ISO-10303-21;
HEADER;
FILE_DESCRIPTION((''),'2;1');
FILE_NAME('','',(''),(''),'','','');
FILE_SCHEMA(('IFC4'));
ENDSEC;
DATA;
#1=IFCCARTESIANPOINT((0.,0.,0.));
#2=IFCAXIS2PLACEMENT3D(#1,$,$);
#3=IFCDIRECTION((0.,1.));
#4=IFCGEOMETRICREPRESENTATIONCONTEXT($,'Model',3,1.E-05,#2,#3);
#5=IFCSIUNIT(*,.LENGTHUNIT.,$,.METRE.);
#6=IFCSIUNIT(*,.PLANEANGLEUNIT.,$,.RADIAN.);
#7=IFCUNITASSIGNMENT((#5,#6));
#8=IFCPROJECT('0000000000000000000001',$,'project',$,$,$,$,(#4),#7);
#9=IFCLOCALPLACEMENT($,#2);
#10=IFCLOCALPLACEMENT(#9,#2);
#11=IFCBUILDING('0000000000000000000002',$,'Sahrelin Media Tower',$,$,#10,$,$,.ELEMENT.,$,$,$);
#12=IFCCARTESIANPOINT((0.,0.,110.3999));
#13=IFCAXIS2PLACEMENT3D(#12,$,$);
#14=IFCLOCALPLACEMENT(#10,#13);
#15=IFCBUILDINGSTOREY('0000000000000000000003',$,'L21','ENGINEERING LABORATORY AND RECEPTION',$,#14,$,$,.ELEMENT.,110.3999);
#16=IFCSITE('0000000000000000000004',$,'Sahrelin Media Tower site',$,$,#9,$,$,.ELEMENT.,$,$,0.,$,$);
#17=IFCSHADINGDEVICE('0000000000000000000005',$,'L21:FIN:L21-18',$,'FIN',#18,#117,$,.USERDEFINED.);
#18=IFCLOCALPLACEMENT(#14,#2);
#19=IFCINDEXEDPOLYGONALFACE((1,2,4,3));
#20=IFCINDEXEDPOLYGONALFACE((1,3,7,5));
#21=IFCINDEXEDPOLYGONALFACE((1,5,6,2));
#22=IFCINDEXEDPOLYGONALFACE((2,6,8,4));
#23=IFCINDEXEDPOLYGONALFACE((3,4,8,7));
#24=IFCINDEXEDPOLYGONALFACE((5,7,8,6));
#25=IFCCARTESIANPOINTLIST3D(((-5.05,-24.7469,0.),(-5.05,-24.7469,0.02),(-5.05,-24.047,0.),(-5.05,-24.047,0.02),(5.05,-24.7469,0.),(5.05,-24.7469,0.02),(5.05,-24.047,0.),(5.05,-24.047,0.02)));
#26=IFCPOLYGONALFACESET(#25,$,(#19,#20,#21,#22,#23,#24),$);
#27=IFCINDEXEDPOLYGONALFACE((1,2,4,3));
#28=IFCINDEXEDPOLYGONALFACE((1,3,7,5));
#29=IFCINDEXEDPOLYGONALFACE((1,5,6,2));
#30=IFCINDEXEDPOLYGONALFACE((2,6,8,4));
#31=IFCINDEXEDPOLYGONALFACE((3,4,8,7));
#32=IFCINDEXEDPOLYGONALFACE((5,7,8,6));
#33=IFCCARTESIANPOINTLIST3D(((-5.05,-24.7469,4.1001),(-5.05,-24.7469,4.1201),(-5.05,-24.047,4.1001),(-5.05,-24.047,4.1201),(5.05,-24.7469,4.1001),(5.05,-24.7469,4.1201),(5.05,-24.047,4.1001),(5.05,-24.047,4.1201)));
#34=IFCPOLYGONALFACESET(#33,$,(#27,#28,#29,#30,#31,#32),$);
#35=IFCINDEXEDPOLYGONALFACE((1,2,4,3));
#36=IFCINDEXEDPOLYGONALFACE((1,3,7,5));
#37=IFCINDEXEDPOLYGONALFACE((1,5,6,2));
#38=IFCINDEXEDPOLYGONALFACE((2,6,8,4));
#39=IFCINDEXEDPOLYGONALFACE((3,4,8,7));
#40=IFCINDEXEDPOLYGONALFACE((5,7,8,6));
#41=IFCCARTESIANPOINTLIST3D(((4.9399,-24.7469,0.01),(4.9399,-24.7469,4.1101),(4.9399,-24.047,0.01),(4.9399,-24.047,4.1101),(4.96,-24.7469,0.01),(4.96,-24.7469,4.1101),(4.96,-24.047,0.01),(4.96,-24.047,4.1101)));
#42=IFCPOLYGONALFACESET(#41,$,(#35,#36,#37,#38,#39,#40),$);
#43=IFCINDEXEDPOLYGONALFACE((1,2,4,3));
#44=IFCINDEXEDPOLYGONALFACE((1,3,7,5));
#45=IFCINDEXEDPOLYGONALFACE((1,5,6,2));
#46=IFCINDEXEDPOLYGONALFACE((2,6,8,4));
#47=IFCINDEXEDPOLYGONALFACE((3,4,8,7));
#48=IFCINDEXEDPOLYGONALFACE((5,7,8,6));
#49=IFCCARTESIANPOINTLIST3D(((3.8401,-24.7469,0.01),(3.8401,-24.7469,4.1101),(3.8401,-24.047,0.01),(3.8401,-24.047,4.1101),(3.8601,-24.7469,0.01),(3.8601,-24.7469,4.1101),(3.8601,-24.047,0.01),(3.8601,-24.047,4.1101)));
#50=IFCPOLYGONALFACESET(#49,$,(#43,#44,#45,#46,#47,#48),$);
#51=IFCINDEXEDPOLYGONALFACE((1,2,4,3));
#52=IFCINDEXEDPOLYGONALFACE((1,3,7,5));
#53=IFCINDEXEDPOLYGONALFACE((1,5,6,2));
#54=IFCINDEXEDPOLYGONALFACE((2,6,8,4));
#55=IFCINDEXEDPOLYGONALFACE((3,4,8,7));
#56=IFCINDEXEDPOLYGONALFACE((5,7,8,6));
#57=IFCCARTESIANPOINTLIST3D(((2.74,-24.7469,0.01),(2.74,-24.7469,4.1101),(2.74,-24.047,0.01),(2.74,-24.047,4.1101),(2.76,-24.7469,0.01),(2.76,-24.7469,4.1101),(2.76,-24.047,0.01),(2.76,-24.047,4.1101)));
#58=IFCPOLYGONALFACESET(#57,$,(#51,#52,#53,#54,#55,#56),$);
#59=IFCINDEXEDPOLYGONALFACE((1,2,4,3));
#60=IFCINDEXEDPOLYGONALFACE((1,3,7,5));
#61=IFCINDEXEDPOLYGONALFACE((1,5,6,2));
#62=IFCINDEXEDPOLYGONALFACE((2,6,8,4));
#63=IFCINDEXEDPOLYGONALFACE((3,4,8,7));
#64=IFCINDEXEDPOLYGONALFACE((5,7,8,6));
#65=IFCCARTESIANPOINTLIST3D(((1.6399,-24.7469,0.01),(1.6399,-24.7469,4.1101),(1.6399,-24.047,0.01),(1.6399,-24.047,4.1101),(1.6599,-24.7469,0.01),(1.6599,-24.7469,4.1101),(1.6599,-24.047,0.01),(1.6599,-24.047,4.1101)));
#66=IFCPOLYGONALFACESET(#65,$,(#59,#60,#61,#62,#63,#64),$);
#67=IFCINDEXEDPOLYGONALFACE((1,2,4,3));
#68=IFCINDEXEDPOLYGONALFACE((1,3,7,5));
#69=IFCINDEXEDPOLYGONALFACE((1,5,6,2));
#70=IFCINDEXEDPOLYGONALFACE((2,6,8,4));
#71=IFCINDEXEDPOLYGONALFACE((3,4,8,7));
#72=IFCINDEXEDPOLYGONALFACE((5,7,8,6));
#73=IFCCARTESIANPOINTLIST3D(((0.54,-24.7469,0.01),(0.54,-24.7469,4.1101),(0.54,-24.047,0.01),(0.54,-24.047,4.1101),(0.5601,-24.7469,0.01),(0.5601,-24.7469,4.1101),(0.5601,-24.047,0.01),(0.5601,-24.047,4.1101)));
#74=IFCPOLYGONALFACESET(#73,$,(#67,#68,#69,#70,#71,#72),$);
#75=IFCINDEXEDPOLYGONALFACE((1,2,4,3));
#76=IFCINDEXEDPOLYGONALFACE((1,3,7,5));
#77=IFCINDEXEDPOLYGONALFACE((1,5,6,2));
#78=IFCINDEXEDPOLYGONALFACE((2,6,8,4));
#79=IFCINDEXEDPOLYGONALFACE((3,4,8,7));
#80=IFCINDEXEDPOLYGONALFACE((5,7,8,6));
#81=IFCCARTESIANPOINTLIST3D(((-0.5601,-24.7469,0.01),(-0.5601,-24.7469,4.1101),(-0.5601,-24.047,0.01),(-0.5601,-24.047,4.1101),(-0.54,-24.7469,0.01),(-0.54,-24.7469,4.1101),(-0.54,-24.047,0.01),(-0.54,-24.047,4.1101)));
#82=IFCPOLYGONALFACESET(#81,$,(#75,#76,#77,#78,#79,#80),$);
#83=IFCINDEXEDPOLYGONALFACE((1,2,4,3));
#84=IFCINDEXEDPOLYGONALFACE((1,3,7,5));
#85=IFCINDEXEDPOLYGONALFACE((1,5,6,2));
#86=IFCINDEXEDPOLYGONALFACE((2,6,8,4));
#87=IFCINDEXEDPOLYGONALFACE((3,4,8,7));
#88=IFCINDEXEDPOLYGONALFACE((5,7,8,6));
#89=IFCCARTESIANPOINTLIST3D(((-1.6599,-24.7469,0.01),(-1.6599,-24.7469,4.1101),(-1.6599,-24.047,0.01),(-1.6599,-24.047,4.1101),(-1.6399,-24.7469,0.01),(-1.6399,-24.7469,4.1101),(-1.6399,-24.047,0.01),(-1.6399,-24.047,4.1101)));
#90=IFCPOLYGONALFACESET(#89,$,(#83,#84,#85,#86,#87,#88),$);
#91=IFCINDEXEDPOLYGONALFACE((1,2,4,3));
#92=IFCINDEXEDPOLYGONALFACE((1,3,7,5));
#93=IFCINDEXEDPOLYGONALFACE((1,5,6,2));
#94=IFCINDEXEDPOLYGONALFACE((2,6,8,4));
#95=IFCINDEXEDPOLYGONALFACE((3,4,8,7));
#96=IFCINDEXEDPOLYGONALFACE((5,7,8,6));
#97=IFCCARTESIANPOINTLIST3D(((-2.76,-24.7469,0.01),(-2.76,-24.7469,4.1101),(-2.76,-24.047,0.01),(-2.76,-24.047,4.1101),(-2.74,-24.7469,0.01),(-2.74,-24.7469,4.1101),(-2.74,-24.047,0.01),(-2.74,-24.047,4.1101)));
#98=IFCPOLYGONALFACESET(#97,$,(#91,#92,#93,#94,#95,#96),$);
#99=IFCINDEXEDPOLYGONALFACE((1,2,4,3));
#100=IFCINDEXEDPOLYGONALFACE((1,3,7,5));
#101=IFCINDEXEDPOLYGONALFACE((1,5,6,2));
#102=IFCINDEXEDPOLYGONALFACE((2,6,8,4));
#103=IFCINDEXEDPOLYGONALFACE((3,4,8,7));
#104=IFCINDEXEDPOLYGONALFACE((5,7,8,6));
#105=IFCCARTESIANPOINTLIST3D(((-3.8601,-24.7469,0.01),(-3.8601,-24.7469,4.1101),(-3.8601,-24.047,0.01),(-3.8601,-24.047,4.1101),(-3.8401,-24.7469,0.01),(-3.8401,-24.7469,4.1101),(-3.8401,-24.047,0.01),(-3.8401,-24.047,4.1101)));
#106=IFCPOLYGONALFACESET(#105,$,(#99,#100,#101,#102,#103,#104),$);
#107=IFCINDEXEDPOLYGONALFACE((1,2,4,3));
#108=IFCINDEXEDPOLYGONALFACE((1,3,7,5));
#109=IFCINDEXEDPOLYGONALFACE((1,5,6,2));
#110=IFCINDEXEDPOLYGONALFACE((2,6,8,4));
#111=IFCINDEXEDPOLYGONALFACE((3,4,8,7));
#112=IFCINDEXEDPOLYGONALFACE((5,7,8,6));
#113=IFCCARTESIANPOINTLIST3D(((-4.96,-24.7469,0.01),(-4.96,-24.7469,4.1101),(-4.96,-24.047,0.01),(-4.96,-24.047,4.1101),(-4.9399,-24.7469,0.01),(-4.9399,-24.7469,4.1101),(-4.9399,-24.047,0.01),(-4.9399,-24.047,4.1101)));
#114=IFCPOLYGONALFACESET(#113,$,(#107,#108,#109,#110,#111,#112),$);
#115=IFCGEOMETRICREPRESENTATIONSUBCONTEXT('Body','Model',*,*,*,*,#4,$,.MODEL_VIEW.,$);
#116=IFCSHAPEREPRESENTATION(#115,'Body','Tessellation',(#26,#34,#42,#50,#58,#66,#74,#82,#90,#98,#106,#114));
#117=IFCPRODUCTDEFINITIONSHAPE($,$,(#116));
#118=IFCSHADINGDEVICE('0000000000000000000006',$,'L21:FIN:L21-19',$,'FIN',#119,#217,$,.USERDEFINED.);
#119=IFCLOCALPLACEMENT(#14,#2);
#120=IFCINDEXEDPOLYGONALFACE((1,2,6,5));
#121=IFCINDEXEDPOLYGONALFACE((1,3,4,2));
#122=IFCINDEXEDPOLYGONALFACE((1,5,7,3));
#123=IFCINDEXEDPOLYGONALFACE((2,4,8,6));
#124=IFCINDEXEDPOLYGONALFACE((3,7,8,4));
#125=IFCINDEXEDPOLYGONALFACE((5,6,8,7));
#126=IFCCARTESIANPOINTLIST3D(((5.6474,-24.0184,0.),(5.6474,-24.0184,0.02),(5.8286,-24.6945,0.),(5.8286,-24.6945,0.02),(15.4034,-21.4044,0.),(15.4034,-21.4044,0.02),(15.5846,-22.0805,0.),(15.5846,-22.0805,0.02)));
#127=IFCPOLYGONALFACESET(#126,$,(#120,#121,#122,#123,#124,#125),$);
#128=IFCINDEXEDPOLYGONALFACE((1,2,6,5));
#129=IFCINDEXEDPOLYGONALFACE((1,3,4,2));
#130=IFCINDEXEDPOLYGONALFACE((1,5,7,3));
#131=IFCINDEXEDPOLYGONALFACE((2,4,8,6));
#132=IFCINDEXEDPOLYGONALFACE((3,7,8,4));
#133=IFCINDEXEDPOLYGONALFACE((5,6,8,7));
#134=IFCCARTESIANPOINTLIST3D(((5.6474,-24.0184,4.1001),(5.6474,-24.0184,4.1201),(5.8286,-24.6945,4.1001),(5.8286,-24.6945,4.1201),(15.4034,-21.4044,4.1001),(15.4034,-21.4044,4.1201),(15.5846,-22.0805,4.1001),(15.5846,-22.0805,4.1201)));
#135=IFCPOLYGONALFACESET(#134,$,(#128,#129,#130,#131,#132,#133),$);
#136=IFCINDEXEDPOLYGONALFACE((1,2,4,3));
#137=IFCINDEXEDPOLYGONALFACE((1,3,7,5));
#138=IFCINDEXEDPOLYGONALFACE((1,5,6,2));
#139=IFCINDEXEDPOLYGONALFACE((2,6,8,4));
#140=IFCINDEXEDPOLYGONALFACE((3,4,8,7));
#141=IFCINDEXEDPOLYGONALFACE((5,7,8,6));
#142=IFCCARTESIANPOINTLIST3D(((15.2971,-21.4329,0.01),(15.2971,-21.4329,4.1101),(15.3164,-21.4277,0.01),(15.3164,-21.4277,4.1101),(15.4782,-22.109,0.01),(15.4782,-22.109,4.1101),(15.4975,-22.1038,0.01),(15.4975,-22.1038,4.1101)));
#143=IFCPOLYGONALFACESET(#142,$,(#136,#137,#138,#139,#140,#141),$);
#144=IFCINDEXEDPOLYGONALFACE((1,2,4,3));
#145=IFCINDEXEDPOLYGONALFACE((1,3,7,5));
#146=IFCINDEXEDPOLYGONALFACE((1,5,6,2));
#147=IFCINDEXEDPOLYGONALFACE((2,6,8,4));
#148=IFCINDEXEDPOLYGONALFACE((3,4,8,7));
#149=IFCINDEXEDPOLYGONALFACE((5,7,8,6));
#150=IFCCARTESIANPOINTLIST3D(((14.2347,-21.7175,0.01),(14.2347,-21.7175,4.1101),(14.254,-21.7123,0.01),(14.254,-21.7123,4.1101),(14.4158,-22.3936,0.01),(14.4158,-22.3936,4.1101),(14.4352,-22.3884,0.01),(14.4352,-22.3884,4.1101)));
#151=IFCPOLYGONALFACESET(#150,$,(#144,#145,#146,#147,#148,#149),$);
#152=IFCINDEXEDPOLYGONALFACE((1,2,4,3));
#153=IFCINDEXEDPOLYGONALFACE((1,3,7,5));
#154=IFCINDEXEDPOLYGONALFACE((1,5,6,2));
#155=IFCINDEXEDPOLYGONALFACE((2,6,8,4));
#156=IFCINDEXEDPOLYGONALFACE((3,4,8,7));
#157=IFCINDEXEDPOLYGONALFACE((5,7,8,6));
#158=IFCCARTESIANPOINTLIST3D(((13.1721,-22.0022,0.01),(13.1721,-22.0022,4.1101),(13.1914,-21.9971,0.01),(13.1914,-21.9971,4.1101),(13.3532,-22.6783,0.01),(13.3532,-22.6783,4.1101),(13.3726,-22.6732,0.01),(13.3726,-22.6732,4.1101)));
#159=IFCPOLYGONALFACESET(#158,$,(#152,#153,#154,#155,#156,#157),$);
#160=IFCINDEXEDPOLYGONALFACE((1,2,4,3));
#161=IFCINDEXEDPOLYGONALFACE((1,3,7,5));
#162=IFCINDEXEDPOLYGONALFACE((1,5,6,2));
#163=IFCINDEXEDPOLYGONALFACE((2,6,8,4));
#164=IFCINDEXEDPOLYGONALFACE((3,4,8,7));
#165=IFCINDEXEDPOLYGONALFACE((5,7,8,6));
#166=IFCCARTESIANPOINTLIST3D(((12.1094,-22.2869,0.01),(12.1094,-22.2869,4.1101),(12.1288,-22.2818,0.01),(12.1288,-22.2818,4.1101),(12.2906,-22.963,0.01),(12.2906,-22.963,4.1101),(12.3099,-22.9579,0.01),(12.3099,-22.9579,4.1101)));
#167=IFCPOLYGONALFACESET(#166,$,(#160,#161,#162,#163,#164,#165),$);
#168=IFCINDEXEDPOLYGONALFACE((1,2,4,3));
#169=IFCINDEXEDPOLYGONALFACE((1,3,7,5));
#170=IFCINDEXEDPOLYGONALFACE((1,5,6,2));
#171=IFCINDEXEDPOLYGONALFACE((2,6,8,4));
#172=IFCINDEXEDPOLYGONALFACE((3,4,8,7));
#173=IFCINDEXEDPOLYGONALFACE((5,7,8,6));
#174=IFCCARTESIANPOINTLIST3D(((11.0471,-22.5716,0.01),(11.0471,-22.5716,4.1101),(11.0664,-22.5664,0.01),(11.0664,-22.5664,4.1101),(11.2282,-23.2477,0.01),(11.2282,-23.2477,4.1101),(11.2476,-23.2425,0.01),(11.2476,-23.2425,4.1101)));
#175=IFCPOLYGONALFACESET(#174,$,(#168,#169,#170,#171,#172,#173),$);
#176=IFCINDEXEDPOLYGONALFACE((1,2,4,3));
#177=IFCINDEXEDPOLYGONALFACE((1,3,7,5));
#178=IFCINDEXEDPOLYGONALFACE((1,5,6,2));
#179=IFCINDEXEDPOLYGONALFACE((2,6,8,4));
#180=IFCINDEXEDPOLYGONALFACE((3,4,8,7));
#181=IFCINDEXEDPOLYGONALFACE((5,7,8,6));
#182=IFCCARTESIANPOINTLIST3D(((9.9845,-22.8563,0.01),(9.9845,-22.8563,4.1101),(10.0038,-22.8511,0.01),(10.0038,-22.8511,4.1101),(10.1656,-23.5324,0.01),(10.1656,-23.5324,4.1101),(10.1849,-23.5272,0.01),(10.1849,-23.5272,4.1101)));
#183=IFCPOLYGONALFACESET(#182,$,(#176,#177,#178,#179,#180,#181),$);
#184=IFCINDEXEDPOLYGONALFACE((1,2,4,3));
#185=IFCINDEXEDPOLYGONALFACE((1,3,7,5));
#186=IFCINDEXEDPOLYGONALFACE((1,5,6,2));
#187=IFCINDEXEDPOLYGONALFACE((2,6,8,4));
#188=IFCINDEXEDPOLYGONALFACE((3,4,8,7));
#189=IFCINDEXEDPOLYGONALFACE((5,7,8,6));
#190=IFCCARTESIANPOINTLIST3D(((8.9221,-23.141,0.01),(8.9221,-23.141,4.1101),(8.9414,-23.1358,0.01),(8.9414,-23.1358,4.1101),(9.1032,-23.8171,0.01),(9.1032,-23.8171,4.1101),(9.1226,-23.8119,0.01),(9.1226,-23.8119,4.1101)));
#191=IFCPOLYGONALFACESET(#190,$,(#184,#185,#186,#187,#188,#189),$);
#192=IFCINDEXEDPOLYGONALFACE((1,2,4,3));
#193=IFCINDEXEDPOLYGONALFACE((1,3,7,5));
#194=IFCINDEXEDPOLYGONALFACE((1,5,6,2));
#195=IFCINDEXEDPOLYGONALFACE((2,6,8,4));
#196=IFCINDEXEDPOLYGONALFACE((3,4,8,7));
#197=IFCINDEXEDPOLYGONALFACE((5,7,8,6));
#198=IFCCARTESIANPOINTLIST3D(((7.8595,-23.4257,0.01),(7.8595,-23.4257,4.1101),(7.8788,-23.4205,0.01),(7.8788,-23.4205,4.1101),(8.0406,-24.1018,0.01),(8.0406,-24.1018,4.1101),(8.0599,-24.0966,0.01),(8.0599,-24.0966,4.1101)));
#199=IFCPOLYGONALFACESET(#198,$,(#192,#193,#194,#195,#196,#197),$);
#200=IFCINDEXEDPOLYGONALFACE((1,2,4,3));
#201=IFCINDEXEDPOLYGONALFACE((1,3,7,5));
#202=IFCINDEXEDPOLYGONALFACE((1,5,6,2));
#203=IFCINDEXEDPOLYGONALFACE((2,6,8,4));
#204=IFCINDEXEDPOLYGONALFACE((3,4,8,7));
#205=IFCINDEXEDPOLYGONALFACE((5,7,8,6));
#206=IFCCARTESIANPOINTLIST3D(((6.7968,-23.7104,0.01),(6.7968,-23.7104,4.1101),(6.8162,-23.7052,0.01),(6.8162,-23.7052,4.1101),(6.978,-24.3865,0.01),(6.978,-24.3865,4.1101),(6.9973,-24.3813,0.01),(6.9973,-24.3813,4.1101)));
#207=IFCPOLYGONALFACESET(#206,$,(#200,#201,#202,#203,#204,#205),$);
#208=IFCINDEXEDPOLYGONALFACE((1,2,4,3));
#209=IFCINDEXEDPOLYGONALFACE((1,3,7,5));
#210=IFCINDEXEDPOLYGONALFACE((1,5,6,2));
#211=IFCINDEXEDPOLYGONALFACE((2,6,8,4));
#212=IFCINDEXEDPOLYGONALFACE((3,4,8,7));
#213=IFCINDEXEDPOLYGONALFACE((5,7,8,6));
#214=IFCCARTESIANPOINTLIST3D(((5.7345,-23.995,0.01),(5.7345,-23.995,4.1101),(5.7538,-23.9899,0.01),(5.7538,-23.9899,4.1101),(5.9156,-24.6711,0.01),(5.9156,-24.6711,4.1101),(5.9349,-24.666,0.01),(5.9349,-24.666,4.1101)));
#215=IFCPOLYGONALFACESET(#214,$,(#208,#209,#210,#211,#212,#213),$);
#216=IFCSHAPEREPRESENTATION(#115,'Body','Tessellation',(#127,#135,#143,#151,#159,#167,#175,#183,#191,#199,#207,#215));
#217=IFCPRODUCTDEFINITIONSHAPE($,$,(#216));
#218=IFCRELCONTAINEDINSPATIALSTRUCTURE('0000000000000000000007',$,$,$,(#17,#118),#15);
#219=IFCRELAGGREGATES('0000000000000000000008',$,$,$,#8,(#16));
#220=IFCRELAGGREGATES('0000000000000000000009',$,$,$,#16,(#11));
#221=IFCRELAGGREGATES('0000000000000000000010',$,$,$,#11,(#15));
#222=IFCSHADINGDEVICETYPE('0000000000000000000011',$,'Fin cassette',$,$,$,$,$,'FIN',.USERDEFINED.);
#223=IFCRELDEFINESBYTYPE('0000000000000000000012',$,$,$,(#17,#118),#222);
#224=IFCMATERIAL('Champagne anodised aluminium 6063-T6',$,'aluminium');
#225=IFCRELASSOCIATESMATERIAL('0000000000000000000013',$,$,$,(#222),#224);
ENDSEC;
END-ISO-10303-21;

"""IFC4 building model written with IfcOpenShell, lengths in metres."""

from ifc_helpers import new_model, si_unit, direction, frame, origin, origin_2d, place, context, subcontext, project, spatial, rectangle, extrude, material, type_object, element, save


model = new_model("IFC4")

# Units and contexts
model_context = context("Model", 3, precision=1e-05, world=origin(), true_north=direction((0.0, 1.0)))
body_context = subcontext(model_context, "Body", "Model", "MODEL_VIEW")
ifc_project = project(units=[si_unit("LENGTHUNIT", "METRE"), si_unit("PLANEANGLEUNIT", "RADIAN")], contexts=[model_context])

# Site, building, storey
site_placement = place(None, origin())
site = spatial("IfcSite", under=ifc_project, at=site_placement, Name="Sahrelin Media Tower site", CompositionType="ELEMENT", RefElevation=0.0)
building_placement = place(site_placement, origin())
building = spatial("IfcBuilding", under=site, at=building_placement, Name="Sahrelin Media Tower", CompositionType="ELEMENT")
storey_placement = place(building_placement, frame((0.0, 0.0, 110.3999)))
storey = spatial("IfcBuildingStorey", under=building, at=storey_placement, Name="L21", Description="ENGINEERING LABORATORY AND RECEPTION", CompositionType="ELEMENT", Elevation=110.3999)

# Shared definitions
ifc_material_1 = material(Name="Champagne anodised aluminium 6063-T6", Category="aluminium")

# Shading devices
shading_device_type_1 = type_object("IfcShadingDeviceType", Name="Fin cassette", ElementType="FIN", PredefinedType="USERDEFINED", material=ifc_material_1)
placement_1 = place(storey_placement, frame((0.0, -23.9771, 0.0), z_axis=(0.0, 0.0, 1.0), x_axis=(-1.0, 0.0, 0.0)))
element("IfcShadingDevice", 1, at=placement_1, inside=storey, type_object=shading_device_type_1, Name="L21:FIN:L21-18", ObjectType="FIN", PredefinedType="USERDEFINED", context=body_context, shape_type="SweptSolid", body=[
    extrude(rectangle(XDim=10.1001, YDim=0.7, at=origin_2d()), frame((0.0, 0.4199, 0.0)), (0.0, 0.0, 1.0), 0.02),
    extrude(rectangle(XDim=10.1001, YDim=0.7, at=origin_2d()), frame((0.0, 0.4199, 4.1001)), (0.0, 0.0, 1.0), 0.02),
    extrude(rectangle(XDim=0.02, YDim=0.7, at=origin_2d()), frame((-4.95, 0.4199, 0.01), z_axis=(0.0, 0.0, 1.0), x_axis=(1.0, 0.0, 0.0)), (0.0, 0.0, 1.0), 4.1001),
    extrude(rectangle(XDim=0.02, YDim=0.7, at=origin_2d()), frame((-3.8501, 0.4199, 0.01), z_axis=(0.0, 0.0, 1.0), x_axis=(1.0, 0.0, 0.0)), (0.0, 0.0, 1.0), 4.1001),
    extrude(rectangle(XDim=0.02, YDim=0.7, at=origin_2d()), frame((-2.75, 0.4199, 0.01), z_axis=(0.0, 0.0, 1.0), x_axis=(1.0, 0.0, 0.0)), (0.0, 0.0, 1.0), 4.1001),
    extrude(rectangle(XDim=0.02, YDim=0.7, at=origin_2d()), frame((-1.6499, 0.4199, 0.01), z_axis=(0.0, 0.0, 1.0), x_axis=(1.0, 0.0, 0.0)), (0.0, 0.0, 1.0), 4.1001),
    extrude(rectangle(XDim=0.02, YDim=0.7, at=origin_2d()), frame((-0.55, 0.4199, 0.01), z_axis=(0.0, 0.0, 1.0), x_axis=(1.0, 0.0, 0.0)), (0.0, 0.0, 1.0), 4.1001),
    extrude(rectangle(XDim=0.02, YDim=0.7, at=origin_2d()), frame((0.55, 0.4199, 0.01), z_axis=(0.0, 0.0, 1.0), x_axis=(1.0, 0.0, 0.0)), (0.0, 0.0, 1.0), 4.1001),
    extrude(rectangle(XDim=0.02, YDim=0.7, at=origin_2d()), frame((1.6499, 0.4199, 0.01), z_axis=(0.0, 0.0, 1.0), x_axis=(1.0, 0.0, 0.0)), (0.0, 0.0, 1.0), 4.1001),
    extrude(rectangle(XDim=0.02, YDim=0.7, at=origin_2d()), frame((2.75, 0.4199, 0.01), z_axis=(0.0, 0.0, 1.0), x_axis=(1.0, 0.0, 0.0)), (0.0, 0.0, 1.0), 4.1001),
    extrude(rectangle(XDim=0.02, YDim=0.7, at=origin_2d()), frame((3.8501, 0.4199, 0.01), z_axis=(0.0, 0.0, 1.0), x_axis=(1.0, 0.0, 0.0)), (0.0, 0.0, 1.0), 4.1001),
    extrude(rectangle(XDim=0.02, YDim=0.7, at=origin_2d()), frame((4.95, 0.4199, 0.01), z_axis=(0.0, 0.0, 1.0), x_axis=(1.0, 0.0, 0.0)), (0.0, 0.0, 1.0), 4.1001),
])
placement_2 = place(storey_placement, frame((10.5073, -22.6438, 0.0), z_axis=(0.0, 0.0, 1.0), x_axis=(-0.965929, -0.258808, 0.0)))
element("IfcShadingDevice", 2, at=placement_2, inside=storey, type_object=shading_device_type_1, Name="L21:FIN:L21-19", ObjectType="FIN", PredefinedType="USERDEFINED", context=body_context, shape_type="SweptSolid", body=[
    extrude(rectangle(XDim=10.1001, YDim=0.7, at=origin_2d()), frame((0.0, 0.4199, 0.0)), (0.0, 0.0, 1.0), 0.02),
    extrude(rectangle(XDim=10.1001, YDim=0.7, at=origin_2d()), frame((0.0, 0.4199, 4.1001)), (0.0, 0.0, 1.0), 0.02),
    extrude(rectangle(XDim=0.02, YDim=0.7, at=origin_2d()), frame((-4.95, 0.4199, 0.01), z_axis=(0.0, 0.0, 1.0), x_axis=(1.0, 0.0, 0.0)), (0.0, 0.0, 1.0), 4.1001),
    extrude(rectangle(XDim=0.02, YDim=0.7, at=origin_2d()), frame((-3.8501, 0.4199, 0.01), z_axis=(0.0, 0.0, 1.0), x_axis=(1.0, 0.0, 0.0)), (0.0, 0.0, 1.0), 4.1001),
    extrude(rectangle(XDim=0.02, YDim=0.7, at=origin_2d()), frame((-2.75, 0.4199, 0.01), z_axis=(0.0, 0.0, 1.0), x_axis=(1.0, 0.0, 0.0)), (0.0, 0.0, 1.0), 4.1001),
    extrude(rectangle(XDim=0.02, YDim=0.7, at=origin_2d()), frame((-1.6499, 0.4199, 0.01), z_axis=(0.0, 0.0, 1.0), x_axis=(1.0, 0.0, 0.0)), (0.0, 0.0, 1.0), 4.1001),
    extrude(rectangle(XDim=0.02, YDim=0.7, at=origin_2d()), frame((-0.55, 0.4199, 0.01), z_axis=(0.0, 0.0, 1.0), x_axis=(1.0, 0.0, 0.0)), (0.0, 0.0, 1.0), 4.1001),
    extrude(rectangle(XDim=0.02, YDim=0.7, at=origin_2d()), frame((0.55, 0.4199, 0.01), z_axis=(0.0, 0.0, 1.0), x_axis=(1.0, 0.0, 0.0)), (0.0, 0.0, 1.0), 4.1001),
    extrude(rectangle(XDim=0.02, YDim=0.7, at=origin_2d()), frame((1.6499, 0.4199, 0.01), z_axis=(0.0, 0.0, 1.0), x_axis=(1.0, 0.0, 0.0)), (0.0, 0.0, 1.0), 4.1001),
    extrude(rectangle(XDim=0.02, YDim=0.7, at=origin_2d()), frame((2.75, 0.4199, 0.01), z_axis=(0.0, 0.0, 1.0), x_axis=(1.0, 0.0, 0.0)), (0.0, 0.0, 1.0), 4.1001),
    extrude(rectangle(XDim=0.02, YDim=0.7, at=origin_2d()), frame((3.8501, 0.4199, 0.01), z_axis=(0.0, 0.0, 1.0), x_axis=(1.0, 0.0, 0.0)), (0.0, 0.0, 1.0), 4.1001),
    extrude(rectangle(XDim=0.02, YDim=0.7, at=origin_2d()), frame((4.95, 0.4199, 0.01), z_axis=(0.0, 0.0, 1.0), x_axis=(1.0, 0.0, 0.0)), (0.0, 0.0, 1.0), 4.1001),
])

save(model, "model.ifc")
